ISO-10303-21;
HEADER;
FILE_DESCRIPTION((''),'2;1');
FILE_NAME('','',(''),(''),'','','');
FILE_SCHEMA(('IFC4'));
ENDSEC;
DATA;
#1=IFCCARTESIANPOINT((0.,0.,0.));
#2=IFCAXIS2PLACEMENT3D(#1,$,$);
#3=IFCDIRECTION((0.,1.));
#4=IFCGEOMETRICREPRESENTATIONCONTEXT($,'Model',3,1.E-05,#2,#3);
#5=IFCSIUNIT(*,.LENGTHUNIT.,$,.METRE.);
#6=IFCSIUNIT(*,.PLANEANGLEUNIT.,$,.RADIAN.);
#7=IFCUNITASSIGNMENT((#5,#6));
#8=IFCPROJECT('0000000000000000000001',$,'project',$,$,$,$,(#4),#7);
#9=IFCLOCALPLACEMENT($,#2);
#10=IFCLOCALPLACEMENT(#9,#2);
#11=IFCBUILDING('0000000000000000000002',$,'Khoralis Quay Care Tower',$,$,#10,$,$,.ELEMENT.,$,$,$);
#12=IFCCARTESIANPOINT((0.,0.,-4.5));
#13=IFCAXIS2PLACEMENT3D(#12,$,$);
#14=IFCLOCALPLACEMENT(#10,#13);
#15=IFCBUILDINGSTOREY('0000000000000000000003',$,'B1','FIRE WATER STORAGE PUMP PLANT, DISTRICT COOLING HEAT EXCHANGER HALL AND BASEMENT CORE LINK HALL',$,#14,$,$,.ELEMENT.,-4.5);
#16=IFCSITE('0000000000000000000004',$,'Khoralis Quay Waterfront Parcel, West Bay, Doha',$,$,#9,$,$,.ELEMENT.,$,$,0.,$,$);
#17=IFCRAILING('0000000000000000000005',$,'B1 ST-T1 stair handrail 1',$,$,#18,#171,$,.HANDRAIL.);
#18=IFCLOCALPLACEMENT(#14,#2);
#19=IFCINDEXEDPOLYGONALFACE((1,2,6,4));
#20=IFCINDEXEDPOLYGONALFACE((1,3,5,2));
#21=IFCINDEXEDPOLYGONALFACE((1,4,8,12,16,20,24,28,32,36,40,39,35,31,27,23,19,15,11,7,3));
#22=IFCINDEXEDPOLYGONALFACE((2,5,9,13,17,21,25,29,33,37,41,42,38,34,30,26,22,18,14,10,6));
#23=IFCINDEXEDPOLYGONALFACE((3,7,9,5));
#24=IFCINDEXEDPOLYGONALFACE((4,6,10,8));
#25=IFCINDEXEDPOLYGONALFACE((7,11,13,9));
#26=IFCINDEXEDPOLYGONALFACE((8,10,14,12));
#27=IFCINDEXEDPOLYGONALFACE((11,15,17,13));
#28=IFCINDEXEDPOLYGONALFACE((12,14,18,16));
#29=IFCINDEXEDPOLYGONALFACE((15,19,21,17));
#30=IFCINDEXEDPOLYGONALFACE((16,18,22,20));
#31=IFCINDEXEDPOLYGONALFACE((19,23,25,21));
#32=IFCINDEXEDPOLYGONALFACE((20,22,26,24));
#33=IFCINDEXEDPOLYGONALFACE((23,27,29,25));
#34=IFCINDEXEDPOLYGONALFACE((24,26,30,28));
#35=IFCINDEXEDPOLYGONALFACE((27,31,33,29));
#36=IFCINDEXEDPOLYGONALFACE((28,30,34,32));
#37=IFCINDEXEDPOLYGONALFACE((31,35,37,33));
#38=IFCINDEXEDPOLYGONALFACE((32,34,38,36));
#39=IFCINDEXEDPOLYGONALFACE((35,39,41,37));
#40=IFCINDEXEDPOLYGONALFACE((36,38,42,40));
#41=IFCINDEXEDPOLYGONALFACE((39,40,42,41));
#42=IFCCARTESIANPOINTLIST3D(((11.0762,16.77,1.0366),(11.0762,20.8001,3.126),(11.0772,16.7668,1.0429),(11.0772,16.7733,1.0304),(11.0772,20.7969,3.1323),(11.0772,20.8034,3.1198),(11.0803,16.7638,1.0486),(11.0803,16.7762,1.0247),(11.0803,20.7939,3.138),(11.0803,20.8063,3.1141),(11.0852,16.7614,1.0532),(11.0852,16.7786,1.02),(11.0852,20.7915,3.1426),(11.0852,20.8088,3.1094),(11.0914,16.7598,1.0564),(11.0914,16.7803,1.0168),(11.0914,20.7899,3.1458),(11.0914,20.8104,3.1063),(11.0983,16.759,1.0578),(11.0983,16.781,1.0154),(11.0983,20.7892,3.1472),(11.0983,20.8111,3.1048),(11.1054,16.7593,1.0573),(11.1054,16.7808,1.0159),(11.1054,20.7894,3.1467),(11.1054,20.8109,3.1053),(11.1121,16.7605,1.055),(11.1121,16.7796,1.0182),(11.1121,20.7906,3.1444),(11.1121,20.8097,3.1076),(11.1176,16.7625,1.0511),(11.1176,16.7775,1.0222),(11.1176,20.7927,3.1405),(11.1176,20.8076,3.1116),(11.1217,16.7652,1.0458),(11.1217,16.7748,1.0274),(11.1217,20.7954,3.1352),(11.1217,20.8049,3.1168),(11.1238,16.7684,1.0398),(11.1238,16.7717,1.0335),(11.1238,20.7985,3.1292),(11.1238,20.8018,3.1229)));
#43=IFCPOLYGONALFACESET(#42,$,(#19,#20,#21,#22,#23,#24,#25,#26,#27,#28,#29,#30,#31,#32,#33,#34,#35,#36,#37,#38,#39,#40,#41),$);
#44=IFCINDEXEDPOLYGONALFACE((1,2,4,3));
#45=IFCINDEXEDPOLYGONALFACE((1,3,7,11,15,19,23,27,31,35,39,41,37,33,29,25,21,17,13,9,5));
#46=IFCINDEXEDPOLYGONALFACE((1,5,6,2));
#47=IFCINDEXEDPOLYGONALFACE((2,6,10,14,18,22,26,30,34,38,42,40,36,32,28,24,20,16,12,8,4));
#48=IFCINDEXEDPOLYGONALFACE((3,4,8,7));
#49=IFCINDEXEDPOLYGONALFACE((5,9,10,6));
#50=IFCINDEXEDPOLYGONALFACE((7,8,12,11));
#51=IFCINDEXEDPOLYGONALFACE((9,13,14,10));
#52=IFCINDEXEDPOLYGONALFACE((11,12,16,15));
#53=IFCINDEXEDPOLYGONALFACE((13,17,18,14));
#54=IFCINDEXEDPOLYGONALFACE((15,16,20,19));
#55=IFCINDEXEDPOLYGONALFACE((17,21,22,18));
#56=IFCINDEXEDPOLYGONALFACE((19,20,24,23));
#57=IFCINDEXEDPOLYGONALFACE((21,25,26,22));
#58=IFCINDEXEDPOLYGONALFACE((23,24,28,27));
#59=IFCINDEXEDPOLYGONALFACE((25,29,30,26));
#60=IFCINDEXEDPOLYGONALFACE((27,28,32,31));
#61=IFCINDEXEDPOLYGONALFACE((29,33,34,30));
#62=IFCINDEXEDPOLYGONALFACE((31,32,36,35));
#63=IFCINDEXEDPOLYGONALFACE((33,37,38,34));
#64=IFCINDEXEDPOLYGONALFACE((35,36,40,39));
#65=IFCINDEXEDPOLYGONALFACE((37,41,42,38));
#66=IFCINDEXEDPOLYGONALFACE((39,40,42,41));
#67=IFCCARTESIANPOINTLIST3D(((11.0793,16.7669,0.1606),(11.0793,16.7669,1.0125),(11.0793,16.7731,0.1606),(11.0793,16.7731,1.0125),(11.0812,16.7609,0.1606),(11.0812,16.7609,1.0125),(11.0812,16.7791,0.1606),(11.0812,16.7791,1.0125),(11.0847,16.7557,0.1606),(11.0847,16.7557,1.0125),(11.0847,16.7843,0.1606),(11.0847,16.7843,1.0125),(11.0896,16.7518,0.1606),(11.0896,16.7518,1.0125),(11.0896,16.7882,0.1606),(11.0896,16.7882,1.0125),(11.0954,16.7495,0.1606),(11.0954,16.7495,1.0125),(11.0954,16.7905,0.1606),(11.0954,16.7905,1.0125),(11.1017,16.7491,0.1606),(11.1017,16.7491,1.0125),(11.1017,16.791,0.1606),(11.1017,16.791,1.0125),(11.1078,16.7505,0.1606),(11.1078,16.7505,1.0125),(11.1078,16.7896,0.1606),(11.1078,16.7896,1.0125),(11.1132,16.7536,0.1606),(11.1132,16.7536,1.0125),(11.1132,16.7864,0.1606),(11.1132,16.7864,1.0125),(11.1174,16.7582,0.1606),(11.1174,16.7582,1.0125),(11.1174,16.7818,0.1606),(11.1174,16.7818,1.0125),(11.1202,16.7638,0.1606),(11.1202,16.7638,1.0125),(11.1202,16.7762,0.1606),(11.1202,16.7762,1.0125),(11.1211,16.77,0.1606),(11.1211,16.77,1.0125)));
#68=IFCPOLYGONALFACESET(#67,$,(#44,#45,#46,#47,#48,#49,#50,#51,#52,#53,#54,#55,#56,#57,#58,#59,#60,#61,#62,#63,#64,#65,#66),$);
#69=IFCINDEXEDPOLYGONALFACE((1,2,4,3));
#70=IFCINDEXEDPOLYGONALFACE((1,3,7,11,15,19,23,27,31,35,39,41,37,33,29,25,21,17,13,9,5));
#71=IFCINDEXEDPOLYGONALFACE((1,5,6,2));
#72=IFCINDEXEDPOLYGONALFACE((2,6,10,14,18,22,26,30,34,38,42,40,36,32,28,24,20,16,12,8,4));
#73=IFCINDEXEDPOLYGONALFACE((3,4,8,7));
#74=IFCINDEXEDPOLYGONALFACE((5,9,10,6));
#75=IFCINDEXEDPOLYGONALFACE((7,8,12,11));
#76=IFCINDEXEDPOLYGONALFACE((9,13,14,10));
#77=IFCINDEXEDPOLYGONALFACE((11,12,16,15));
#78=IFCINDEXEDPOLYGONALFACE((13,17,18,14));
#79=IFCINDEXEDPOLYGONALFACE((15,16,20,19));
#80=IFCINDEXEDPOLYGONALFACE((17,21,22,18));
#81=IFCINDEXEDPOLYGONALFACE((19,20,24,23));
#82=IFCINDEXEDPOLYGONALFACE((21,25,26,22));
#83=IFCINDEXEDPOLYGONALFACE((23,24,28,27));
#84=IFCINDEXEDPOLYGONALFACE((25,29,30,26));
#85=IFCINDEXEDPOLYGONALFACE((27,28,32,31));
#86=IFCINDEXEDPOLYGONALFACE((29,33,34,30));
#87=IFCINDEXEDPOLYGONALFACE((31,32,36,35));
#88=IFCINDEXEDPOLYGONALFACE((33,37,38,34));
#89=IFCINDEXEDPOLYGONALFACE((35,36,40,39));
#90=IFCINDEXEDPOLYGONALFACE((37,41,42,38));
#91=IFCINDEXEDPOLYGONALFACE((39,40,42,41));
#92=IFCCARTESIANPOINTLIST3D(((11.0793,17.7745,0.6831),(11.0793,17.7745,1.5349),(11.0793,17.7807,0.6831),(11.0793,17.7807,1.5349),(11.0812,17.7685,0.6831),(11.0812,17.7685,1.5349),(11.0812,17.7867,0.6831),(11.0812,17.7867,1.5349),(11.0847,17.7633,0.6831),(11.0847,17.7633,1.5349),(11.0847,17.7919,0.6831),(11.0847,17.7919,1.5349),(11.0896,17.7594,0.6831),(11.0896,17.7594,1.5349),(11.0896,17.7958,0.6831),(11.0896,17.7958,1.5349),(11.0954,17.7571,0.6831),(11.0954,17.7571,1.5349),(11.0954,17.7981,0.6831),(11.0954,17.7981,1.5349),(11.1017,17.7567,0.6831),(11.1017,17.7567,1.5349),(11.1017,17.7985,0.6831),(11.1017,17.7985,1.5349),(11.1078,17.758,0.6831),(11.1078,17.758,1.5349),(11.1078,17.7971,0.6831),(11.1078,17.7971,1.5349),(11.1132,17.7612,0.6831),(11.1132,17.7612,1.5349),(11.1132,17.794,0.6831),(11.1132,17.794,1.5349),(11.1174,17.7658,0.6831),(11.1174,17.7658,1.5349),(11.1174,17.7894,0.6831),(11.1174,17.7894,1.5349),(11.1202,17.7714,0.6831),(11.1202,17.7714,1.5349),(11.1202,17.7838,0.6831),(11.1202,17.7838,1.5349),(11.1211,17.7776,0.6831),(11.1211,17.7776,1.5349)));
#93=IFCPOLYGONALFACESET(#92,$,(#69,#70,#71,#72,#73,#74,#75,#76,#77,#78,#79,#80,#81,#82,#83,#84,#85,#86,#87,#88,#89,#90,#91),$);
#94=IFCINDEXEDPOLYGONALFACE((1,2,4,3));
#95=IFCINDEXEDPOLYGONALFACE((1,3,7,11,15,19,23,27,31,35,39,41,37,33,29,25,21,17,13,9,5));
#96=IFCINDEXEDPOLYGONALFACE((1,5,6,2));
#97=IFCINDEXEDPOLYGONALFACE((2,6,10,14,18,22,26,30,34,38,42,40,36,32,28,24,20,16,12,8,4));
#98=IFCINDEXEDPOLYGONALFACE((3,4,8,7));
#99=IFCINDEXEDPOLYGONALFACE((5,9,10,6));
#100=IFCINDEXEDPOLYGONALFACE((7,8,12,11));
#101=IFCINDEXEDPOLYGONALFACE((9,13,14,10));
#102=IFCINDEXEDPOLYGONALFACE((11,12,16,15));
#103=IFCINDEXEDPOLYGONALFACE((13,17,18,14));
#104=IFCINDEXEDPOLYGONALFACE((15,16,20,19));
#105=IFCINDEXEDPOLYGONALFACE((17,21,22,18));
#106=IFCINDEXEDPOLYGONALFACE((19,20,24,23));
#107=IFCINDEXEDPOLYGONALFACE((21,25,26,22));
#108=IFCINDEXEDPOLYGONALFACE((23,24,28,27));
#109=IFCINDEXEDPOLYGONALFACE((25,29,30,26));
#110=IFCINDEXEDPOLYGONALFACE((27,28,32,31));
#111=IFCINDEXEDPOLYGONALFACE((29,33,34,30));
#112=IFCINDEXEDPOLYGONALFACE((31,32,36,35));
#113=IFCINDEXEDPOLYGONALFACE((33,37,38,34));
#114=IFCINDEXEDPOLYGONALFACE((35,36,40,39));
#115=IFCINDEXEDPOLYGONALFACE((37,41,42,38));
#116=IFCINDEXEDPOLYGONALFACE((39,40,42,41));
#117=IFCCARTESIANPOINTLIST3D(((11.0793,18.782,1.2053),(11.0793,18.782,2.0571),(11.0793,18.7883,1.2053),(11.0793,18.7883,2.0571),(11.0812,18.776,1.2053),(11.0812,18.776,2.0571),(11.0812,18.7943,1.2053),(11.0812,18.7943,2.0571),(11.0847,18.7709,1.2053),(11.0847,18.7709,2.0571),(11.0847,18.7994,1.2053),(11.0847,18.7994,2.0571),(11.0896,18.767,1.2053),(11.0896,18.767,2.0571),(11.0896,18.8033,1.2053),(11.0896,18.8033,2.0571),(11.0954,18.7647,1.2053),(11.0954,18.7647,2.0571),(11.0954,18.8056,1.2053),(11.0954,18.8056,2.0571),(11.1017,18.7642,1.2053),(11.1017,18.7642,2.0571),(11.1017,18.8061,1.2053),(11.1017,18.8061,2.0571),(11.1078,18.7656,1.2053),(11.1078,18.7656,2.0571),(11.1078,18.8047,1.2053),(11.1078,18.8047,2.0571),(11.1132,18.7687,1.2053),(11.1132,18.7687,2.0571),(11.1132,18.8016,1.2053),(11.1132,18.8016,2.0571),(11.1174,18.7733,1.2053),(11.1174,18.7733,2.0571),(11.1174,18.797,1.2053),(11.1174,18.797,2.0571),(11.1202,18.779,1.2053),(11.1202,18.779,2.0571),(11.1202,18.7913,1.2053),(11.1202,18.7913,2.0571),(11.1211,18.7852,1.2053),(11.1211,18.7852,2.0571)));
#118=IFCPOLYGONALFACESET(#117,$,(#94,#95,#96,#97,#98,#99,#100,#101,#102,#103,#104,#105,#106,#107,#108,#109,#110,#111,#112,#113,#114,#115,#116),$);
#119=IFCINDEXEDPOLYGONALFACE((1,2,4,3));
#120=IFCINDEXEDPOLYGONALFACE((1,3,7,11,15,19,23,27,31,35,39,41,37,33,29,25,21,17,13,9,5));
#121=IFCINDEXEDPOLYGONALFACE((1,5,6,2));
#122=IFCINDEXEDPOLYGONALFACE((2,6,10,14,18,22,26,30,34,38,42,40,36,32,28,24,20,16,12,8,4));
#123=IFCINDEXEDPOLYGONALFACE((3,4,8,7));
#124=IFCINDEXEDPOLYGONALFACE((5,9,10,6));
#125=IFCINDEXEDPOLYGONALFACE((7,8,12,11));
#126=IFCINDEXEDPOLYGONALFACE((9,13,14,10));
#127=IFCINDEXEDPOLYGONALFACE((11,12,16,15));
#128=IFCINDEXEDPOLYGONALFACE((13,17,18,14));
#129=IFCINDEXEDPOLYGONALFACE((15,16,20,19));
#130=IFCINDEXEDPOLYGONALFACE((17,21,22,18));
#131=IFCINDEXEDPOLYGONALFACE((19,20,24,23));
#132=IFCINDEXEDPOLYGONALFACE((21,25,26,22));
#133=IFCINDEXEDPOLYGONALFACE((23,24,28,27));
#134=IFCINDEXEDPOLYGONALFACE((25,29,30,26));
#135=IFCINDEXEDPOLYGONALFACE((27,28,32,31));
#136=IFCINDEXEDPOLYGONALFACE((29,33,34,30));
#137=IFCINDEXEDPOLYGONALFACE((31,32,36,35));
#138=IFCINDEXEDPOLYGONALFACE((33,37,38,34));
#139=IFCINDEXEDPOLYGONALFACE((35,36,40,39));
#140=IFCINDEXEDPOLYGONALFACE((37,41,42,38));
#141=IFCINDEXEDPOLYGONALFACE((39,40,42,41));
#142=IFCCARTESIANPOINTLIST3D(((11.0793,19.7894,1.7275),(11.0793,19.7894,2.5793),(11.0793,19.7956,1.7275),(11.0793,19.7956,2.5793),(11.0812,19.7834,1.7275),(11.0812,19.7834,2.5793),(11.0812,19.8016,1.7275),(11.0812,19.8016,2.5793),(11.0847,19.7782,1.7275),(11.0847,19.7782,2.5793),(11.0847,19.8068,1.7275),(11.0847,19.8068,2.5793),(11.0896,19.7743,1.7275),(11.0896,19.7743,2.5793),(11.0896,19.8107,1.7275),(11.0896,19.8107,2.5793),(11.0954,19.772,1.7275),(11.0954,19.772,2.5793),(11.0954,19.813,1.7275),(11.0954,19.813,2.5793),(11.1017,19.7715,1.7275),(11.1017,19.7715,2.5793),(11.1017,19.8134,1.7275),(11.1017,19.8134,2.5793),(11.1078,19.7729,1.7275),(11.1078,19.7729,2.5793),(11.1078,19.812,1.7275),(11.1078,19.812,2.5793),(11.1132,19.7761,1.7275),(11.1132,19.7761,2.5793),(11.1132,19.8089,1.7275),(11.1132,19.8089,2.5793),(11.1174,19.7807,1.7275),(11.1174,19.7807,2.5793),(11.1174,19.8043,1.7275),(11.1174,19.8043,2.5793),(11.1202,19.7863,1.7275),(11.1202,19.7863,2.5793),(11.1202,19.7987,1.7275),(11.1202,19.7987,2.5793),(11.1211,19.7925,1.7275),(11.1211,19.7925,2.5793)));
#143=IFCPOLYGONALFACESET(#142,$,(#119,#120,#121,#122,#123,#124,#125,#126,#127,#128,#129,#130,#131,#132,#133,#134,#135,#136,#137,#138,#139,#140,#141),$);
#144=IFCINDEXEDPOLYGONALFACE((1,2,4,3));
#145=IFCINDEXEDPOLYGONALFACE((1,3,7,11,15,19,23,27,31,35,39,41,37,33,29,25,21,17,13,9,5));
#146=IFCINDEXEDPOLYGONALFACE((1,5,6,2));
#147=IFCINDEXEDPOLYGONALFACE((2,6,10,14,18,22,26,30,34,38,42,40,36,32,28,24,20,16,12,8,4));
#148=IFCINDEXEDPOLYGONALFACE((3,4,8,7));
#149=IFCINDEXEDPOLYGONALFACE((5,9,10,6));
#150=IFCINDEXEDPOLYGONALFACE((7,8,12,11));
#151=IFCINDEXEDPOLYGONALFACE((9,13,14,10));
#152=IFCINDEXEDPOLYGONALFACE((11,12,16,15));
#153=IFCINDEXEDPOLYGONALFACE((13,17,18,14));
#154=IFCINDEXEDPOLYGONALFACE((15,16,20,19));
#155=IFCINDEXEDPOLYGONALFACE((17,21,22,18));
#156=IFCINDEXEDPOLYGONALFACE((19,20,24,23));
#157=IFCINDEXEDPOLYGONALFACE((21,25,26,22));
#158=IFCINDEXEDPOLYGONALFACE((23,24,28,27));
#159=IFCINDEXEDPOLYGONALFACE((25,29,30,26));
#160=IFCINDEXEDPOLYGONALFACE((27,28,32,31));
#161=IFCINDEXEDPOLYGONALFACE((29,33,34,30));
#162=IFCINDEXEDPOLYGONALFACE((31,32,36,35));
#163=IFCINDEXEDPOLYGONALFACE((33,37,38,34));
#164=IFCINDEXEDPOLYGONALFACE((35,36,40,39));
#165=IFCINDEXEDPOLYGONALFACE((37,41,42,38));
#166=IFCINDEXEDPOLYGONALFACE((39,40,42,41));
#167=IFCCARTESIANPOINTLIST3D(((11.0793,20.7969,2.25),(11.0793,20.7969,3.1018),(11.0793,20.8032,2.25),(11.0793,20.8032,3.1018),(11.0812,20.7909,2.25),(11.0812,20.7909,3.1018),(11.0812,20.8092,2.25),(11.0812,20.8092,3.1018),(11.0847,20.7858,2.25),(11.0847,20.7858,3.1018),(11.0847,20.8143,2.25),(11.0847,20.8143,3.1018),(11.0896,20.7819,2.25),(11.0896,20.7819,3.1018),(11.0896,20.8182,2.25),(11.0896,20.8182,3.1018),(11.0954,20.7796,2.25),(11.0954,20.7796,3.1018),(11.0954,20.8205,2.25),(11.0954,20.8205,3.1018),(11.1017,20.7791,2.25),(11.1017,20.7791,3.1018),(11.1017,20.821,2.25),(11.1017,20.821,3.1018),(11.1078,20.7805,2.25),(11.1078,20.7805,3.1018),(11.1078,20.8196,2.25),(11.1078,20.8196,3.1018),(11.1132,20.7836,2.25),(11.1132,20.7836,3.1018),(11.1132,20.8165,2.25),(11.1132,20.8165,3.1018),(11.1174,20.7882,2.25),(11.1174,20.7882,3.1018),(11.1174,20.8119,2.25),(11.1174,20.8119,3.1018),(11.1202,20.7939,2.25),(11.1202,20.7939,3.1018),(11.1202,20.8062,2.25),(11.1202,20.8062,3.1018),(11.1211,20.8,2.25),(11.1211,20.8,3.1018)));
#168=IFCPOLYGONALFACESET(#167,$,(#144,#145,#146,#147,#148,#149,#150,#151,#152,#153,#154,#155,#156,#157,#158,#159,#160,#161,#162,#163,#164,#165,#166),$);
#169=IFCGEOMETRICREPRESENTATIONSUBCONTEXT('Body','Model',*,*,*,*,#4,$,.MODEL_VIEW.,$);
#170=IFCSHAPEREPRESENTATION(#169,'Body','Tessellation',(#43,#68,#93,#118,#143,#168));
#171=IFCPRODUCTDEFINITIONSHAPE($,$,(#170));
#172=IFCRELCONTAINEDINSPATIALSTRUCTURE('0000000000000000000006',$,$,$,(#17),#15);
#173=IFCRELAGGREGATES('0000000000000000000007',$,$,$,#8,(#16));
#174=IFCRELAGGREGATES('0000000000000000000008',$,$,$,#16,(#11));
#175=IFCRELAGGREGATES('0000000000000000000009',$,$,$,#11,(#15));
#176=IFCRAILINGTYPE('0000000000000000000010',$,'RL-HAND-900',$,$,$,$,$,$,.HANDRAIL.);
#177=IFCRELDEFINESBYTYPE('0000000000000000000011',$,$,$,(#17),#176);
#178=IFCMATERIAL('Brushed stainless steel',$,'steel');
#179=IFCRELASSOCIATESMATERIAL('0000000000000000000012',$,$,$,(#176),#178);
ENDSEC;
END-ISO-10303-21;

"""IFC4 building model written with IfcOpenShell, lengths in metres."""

from ifc_helpers import new_model, si_unit, direction, frame, origin, origin_2d, place, context, subcontext, project, spatial, circle, extrude, material, type_object, element, save


model = new_model("IFC4")

# Units and contexts
model_context = context("Model", 3, precision=1e-05, world=origin(), true_north=direction((0.0, 1.0)))
body_context = subcontext(model_context, "Body", "Model", "MODEL_VIEW")
ifc_project = project(units=[si_unit("LENGTHUNIT", "METRE"), si_unit("PLANEANGLEUNIT", "RADIAN")], contexts=[model_context])

# Site, building, storey
site_placement = place(None, origin())
site = spatial("IfcSite", under=ifc_project, at=site_placement, Name="Khoralis Quay Waterfront Parcel, West Bay, Doha", CompositionType="ELEMENT", RefElevation=0.0)
building_placement = place(site_placement, origin())
building = spatial("IfcBuilding", under=site, at=building_placement, Name="Khoralis Quay Care Tower", CompositionType="ELEMENT")
storey_placement = place(building_placement, frame((0.0, 0.0, -4.5)))
storey = spatial("IfcBuildingStorey", under=building, at=storey_placement, Name="B1", Description="FIRE WATER STORAGE PUMP PLANT, DISTRICT COOLING HEAT EXCHANGER HALL AND BASEMENT CORE LINK HALL", CompositionType="ELEMENT", Elevation=-4.5)

# Shared definitions
ifc_material_1 = material(Name="Brushed stainless steel", Category="steel")

# Railing
railing_type_1 = type_object("IfcRailingType", Name="RL-HAND-900", PredefinedType="HANDRAIL", material=ifc_material_1)
railing_1_placement = place(storey_placement, frame((11.1001, 16.77, 0.1606)))
element("IfcRailing", 1, at=railing_1_placement, inside=storey, type_object=railing_type_1, Name="B1 ST-T1 stair handrail 1", PredefinedType="HANDRAIL", context=body_context, shape_type="SweptSolid", body=[
    extrude(circle(Radius=0.0239, at=origin_2d()), frame((0.0, 0.0, 0.876), z_axis=(0.0, 0.887781, 0.460267), x_axis=(-1.0, 0.0, 0.0)), (0.0, 0.0, 1.0), 4.5396),
    extrude(circle(Radius=0.021, at=origin_2d()), origin(), (0.0, 0.0, 1.0), 0.8518),
    extrude(circle(Radius=0.021, at=origin_2d()), frame((0.0, 1.0076, 0.5225)), (0.0, 0.0, 1.0), 0.8518),
    extrude(circle(Radius=0.021, at=origin_2d()), frame((0.0, 2.0151, 1.0447)), (0.0, 0.0, 1.0), 0.8518),
    extrude(circle(Radius=0.021, at=origin_2d()), frame((0.0, 3.0225, 1.5669)), (0.0, 0.0, 1.0), 0.8518),
    extrude(circle(Radius=0.021, at=origin_2d()), frame((0.0, 4.03, 2.0894)), (0.0, 0.0, 1.0), 0.8518),
])

save(model, "model.ifc")
